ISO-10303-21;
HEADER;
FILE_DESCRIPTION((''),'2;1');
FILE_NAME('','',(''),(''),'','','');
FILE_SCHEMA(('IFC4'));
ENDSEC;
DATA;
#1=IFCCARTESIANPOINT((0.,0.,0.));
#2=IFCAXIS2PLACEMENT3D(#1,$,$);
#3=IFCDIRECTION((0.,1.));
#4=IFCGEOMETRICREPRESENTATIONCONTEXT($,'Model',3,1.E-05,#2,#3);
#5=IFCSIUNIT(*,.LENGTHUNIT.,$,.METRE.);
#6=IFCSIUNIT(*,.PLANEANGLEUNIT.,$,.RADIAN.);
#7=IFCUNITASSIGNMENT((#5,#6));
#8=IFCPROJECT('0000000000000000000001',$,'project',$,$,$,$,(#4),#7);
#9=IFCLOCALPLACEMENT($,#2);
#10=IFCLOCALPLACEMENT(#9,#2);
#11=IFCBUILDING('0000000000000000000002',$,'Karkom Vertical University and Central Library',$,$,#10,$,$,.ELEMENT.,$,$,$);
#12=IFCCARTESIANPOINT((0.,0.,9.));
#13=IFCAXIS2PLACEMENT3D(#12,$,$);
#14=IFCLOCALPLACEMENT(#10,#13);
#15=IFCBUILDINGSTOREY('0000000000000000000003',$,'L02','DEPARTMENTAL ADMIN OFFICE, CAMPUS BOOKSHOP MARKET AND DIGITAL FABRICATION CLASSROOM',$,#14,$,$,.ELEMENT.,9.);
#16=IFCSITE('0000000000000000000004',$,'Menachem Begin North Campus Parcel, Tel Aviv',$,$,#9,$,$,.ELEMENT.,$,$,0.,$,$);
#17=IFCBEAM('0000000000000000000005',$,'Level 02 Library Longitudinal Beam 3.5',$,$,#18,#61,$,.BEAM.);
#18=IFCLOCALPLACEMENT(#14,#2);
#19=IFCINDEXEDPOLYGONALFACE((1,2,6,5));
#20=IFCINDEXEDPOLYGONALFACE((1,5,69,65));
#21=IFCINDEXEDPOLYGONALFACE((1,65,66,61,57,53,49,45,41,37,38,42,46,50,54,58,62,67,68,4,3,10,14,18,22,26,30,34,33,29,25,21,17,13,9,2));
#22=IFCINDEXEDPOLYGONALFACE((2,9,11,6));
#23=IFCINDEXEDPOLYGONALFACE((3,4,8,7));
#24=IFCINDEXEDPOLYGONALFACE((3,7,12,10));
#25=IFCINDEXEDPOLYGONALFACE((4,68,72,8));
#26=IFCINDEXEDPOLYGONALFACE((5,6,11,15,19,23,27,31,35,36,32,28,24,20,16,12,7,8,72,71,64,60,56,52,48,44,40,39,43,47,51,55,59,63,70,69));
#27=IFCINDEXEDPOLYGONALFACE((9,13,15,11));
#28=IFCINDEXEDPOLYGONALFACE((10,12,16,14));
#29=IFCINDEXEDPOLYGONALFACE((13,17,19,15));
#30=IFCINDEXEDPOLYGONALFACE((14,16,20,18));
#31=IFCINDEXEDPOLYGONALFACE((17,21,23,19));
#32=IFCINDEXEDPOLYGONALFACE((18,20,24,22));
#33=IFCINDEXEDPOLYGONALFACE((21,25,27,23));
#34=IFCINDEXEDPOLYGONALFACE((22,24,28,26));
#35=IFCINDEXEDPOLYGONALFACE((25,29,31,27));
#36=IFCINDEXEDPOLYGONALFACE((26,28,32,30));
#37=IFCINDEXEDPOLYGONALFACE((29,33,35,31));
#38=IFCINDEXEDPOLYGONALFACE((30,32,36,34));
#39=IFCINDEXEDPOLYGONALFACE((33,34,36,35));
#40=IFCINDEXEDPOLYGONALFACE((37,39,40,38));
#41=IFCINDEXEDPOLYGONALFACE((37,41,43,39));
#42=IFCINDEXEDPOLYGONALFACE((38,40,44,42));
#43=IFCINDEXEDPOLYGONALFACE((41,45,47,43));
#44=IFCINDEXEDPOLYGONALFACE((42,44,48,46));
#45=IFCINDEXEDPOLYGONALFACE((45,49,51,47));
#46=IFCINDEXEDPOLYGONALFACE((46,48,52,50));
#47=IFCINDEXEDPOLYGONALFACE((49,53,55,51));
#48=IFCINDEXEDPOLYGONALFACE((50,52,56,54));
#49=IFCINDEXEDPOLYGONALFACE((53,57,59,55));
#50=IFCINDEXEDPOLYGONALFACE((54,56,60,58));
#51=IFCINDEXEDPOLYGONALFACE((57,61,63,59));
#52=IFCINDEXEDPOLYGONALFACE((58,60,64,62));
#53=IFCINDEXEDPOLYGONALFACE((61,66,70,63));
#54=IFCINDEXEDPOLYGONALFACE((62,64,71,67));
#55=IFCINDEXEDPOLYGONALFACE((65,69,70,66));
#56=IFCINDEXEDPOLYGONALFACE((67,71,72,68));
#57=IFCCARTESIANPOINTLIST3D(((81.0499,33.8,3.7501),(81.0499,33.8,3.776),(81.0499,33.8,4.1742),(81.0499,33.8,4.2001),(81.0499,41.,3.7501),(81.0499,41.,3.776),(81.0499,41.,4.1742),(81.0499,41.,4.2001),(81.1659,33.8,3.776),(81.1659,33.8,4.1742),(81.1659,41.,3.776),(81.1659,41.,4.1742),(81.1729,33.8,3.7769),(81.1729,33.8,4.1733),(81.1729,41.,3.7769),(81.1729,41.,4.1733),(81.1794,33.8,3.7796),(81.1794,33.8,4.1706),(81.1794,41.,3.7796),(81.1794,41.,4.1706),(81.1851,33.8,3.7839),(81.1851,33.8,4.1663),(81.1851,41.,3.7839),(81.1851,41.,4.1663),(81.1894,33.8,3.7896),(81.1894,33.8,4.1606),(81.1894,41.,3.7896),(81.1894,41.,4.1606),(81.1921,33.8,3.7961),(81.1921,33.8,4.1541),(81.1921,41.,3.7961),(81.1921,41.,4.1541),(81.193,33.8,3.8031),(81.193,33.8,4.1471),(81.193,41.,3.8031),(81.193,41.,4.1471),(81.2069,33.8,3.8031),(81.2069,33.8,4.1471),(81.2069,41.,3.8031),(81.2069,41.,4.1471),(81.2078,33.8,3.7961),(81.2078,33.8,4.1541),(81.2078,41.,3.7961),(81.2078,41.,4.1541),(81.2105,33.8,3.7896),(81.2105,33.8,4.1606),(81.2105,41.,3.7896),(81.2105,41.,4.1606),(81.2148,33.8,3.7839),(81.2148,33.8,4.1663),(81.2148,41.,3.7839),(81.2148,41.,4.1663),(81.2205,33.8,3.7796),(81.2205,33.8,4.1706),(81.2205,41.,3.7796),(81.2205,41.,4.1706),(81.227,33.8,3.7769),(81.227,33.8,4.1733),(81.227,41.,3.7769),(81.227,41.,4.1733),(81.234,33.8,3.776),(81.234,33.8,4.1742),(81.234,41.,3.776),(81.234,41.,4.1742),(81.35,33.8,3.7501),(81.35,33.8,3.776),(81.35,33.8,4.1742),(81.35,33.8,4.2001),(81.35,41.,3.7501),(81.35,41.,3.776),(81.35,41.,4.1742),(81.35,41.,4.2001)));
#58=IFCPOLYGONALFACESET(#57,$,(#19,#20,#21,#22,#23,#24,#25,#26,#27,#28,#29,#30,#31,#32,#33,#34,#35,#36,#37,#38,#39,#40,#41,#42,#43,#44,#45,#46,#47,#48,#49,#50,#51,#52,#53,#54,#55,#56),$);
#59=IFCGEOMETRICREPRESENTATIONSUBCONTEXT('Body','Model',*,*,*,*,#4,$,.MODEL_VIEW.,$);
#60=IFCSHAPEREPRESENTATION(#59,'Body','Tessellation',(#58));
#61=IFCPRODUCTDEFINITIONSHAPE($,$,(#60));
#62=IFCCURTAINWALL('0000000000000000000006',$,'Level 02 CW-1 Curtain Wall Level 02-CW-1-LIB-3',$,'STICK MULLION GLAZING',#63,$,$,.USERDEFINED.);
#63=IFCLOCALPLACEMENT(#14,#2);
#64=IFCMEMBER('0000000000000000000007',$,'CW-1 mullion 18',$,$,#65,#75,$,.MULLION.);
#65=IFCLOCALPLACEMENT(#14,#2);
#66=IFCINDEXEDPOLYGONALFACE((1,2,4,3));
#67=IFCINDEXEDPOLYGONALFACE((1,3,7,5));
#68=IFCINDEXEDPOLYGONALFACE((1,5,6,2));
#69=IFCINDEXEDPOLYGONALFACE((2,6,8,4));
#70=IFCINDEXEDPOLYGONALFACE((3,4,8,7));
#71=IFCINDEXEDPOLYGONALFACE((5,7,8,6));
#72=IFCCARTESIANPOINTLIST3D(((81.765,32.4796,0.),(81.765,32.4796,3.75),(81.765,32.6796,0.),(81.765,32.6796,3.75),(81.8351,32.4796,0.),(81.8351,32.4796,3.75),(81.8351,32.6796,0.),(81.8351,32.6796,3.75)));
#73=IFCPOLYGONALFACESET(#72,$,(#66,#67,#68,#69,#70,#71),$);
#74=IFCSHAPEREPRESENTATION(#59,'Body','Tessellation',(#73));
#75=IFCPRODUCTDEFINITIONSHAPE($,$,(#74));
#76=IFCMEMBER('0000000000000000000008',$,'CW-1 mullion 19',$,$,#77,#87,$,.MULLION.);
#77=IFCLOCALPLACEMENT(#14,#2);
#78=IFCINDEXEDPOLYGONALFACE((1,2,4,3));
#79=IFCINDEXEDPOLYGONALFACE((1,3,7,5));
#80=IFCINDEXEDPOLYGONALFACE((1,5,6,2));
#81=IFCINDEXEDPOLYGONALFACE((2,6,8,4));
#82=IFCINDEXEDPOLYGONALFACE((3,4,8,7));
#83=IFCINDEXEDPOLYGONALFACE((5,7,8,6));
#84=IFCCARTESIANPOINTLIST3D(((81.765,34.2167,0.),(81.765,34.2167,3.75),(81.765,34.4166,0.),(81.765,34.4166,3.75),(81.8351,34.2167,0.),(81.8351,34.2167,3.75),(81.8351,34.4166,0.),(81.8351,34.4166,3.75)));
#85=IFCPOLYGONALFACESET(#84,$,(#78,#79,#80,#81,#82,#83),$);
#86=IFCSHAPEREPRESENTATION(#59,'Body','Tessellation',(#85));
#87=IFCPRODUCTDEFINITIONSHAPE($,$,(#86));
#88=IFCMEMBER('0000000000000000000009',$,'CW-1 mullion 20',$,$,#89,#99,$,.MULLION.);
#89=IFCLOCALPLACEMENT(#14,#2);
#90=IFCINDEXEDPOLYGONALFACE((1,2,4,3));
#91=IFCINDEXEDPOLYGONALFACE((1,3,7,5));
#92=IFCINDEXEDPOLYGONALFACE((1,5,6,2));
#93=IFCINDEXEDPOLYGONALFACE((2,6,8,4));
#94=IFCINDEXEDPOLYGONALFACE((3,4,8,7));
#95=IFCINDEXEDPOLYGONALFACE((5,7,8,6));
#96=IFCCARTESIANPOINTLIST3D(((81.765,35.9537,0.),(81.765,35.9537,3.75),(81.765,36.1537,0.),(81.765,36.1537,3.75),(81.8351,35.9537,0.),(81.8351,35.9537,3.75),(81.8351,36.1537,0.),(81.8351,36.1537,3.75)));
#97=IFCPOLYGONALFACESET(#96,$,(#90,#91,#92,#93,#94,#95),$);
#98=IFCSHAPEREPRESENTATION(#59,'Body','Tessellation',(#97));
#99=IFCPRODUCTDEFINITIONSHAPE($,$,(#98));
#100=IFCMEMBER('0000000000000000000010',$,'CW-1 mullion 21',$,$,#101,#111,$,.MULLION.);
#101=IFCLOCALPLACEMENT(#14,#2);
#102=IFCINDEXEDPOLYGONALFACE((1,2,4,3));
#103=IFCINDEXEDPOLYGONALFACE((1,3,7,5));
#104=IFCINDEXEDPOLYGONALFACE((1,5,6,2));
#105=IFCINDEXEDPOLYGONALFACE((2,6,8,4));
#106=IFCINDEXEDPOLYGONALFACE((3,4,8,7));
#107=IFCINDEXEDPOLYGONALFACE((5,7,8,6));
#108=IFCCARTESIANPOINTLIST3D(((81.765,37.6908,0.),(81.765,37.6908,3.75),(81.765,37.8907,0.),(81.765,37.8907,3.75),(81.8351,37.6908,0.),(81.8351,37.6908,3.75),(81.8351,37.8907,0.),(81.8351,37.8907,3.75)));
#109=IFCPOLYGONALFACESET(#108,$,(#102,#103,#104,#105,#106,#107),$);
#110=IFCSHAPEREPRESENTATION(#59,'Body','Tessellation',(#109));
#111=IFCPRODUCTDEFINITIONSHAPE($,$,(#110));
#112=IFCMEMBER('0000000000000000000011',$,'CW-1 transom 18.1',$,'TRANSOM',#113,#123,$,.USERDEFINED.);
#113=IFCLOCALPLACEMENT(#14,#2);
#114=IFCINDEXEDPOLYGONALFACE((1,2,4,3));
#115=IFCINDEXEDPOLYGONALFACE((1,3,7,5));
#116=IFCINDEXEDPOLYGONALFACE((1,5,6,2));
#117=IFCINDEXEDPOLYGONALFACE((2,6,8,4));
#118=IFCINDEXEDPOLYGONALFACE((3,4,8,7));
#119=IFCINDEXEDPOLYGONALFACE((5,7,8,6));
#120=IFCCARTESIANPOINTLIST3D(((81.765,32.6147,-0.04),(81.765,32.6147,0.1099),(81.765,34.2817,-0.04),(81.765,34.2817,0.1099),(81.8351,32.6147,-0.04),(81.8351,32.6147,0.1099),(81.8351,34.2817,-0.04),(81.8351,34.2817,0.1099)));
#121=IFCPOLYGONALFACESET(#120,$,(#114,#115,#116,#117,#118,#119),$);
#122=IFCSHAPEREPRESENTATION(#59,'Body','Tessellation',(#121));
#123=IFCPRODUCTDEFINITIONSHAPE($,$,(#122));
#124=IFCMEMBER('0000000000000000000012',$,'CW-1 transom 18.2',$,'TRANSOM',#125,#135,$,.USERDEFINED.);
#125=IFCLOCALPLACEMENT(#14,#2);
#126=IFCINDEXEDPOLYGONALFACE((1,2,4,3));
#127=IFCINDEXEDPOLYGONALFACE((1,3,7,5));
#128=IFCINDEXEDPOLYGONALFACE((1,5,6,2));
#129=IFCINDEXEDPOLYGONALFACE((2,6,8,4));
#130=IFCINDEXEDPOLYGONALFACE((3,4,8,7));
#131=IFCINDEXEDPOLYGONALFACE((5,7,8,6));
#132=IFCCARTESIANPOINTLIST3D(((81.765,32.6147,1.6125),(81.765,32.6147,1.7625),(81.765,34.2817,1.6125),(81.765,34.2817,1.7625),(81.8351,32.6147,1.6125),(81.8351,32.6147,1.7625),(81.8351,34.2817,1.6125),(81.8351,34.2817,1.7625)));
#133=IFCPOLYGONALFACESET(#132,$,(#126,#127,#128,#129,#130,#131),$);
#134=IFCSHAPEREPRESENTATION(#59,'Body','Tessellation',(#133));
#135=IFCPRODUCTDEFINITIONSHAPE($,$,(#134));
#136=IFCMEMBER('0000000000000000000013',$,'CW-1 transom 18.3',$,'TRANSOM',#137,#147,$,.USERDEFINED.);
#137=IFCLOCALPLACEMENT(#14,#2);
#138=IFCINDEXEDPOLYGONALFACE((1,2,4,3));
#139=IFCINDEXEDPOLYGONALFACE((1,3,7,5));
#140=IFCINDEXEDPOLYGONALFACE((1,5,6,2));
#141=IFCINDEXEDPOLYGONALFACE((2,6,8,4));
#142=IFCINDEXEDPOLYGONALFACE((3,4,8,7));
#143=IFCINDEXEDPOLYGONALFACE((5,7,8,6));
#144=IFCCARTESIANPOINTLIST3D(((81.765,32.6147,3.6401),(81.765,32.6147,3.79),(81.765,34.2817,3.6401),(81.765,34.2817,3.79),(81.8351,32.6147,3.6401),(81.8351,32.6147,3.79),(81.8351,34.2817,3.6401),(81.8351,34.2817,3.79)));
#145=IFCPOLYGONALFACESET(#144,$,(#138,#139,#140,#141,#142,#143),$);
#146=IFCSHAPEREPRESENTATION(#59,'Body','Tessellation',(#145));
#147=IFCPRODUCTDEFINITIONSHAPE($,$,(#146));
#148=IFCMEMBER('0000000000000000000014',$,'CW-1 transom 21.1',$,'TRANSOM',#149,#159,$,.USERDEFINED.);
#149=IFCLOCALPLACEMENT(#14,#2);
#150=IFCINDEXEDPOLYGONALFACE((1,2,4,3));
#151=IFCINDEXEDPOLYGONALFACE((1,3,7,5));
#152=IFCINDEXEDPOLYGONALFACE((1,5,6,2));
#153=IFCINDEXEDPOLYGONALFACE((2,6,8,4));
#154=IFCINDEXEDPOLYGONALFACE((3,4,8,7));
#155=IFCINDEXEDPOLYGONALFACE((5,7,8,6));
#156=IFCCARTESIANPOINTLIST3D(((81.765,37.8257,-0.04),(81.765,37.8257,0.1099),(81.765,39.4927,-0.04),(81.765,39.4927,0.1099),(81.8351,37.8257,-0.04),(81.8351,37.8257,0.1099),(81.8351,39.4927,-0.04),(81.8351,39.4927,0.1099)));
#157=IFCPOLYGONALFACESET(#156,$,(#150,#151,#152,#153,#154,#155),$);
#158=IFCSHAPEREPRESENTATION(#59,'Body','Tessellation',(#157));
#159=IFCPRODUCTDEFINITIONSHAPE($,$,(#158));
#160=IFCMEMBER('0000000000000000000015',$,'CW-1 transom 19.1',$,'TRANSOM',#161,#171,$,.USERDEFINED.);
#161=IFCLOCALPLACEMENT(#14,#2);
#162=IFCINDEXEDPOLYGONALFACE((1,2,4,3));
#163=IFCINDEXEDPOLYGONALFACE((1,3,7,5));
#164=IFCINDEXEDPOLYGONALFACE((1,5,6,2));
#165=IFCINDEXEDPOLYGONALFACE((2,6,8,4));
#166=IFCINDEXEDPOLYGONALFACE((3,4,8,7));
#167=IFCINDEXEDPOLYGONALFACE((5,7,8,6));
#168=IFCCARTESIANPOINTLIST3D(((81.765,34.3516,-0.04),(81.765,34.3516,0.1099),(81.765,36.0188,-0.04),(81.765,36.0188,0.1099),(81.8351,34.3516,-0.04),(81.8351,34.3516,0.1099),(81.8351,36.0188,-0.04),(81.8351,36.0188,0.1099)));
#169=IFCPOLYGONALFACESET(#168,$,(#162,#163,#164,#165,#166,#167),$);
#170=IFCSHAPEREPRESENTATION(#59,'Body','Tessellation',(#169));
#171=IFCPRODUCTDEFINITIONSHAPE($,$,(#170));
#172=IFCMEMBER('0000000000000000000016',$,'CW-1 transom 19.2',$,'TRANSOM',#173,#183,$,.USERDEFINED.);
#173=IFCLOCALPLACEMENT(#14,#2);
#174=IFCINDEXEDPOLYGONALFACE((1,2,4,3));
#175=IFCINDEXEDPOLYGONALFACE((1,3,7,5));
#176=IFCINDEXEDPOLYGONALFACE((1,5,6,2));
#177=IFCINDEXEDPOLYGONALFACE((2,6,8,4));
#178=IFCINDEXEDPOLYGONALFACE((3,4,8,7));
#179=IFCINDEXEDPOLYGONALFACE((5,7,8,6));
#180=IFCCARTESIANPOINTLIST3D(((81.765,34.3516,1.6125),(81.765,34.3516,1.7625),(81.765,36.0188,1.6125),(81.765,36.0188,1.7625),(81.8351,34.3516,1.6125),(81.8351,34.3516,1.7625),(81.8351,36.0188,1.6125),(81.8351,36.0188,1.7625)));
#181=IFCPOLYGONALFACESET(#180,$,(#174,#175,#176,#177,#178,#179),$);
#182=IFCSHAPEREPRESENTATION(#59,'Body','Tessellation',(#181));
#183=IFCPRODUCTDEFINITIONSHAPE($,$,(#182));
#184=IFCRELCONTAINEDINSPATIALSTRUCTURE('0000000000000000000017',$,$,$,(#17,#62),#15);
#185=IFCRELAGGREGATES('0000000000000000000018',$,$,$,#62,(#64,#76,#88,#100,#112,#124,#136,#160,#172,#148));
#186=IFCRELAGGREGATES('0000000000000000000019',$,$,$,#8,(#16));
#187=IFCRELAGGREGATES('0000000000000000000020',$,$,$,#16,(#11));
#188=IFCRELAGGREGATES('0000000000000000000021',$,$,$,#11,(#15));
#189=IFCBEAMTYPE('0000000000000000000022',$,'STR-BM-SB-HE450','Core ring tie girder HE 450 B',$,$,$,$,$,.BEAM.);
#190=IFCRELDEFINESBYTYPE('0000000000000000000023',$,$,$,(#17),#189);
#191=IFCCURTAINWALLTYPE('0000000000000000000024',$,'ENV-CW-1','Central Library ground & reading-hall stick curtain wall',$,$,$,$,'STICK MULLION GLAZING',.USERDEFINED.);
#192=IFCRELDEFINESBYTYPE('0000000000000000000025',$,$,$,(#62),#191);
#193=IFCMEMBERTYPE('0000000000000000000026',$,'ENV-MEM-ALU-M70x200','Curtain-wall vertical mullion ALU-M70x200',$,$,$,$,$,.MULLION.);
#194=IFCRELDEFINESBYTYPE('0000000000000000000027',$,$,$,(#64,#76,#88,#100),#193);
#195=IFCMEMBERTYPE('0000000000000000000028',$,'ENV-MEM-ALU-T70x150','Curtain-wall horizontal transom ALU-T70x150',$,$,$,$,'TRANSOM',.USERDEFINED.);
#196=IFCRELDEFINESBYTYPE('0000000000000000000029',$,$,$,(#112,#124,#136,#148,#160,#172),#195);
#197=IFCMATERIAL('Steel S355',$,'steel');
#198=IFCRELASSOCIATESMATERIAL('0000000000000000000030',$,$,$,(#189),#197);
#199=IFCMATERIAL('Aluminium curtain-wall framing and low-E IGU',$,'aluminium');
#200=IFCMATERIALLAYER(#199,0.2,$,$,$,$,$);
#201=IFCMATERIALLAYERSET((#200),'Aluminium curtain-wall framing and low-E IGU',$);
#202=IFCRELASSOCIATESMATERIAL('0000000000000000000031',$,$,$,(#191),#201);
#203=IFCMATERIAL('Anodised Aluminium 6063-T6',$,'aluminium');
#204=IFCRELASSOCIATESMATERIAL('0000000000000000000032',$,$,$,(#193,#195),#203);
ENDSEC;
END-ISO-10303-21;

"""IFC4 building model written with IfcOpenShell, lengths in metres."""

from ifc_helpers import new_model, si_unit, direction, frame, origin, origin_with_axes, origin_2d, place, context, subcontext, project, spatial, rectangle, i_section, extrude, source, transform, mapped, material, layer, layer_set, material_profile, profile_set, type_object, element, aggregate, save


model = new_model("IFC4")

# Units and contexts
model_context = context("Model", 3, precision=1e-05, world=origin(), true_north=direction((0.0, 1.0)))
body_context = subcontext(model_context, "Body", "Model", "MODEL_VIEW")
ifc_project = project(units=[si_unit("LENGTHUNIT", "METRE"), si_unit("PLANEANGLEUNIT", "RADIAN")], contexts=[model_context])

# Site, building, storey
site_placement = place(None, origin())
site = spatial("IfcSite", under=ifc_project, at=site_placement, Name="Menachem Begin North Campus Parcel, Tel Aviv", CompositionType="ELEMENT", RefElevation=0.0)
building_placement = place(site_placement, origin())
building = spatial("IfcBuilding", under=site, at=building_placement, Name="Karkom Vertical University and Central Library", CompositionType="ELEMENT")
storey_placement = place(building_placement, frame((0.0, 0.0, 9.0)))
storey = spatial("IfcBuildingStorey", under=building, at=storey_placement, Name="L02", Description="DEPARTMENTAL ADMIN OFFICE, CAMPUS BOOKSHOP MARKET AND DIGITAL FABRICATION CLASSROOM", CompositionType="ELEMENT", Elevation=9.0)

# Beam
ifc_material_1 = material(Name="Steel S355", Category="steel")
ifc_material_profile_1 = material_profile(ifc_material_1, i_section(OverallWidth=0.3, OverallDepth=0.45, WebThickness=0.0139, FlangeThickness=0.0259, FilletRadius=0.0271, at=origin_2d()), Name="HE 450 B")
ifc_profile_set_1 = profile_set([ifc_material_profile_1], Name="Steel S355")
beam_type_1 = type_object("IfcBeamType", Name="STR-BM-SB-HE450", Description="Core ring tie girder HE 450 B", PredefinedType="BEAM", material=ifc_profile_set_1)
shared_shape_1 = source(origin_with_axes(), body_context, "Body", "SweptSolid", [
    extrude(i_section(OverallWidth=0.3, OverallDepth=0.45, WebThickness=0.0139, FlangeThickness=0.0259, FilletRadius=0.0271, at=origin_2d()), origin(), (0.0, 0.0, 1.0), 7.2),
])
for number, where, z_axis, x_axis, name in (
    (1, (81.2, 33.8, 3.9751), (0.0, 1.0, 0.0), (-1.0, 0.0, 0.0), "Level 02 Library Longitudinal Beam 3.5"),
):
    element("IfcBeam", number, at=place(storey_placement, frame(where, z_axis=z_axis, x_axis=x_axis)), inside=storey, type_object=beam_type_1, Name=name, PredefinedType="BEAM", context=body_context, shape_type="MappedRepresentation", body=[
        mapped(shared_shape_1, transform((0.0, 0.0, 0.0), scale=1.0)),
    ])

# Curtain wall, members
ifc_material_2 = material(Name="Aluminium curtain-wall framing and low-E IGU", Category="aluminium")
ifc_layer_1 = layer(ifc_material_2, 0.2)
ifc_layer_set_1 = layer_set([ifc_layer_1], Name="Aluminium curtain-wall framing and low-E IGU")
curtain_wall_type = type_object("IfcCurtainWallType", Name="ENV-CW-1", Description="Central Library ground & reading-hall stick curtain wall", ElementType="STICK MULLION GLAZING", PredefinedType="USERDEFINED", material=ifc_layer_set_1)
curtain_wall_placement = place(storey_placement, origin())
curtain_wall = element("IfcCurtainWall", 2, at=curtain_wall_placement, inside=storey, type_object=curtain_wall_type, Name="Level 02 CW-1 Curtain Wall Level 02-CW-1-LIB-3", ObjectType="STICK MULLION GLAZING", PredefinedType="USERDEFINED")
ifc_material_3 = material(Name="Anodised Aluminium 6063-T6", Category="aluminium")
ifc_material_profile_2 = material_profile(ifc_material_3, rectangle(XDim=0.0701, YDim=0.2, at=origin_2d()), Name="ALU-M70x200")
ifc_profile_set_2 = profile_set([ifc_material_profile_2], Name="Anodised Aluminium 6063-T6")
member_type_1 = type_object("IfcMemberType", Name="ENV-MEM-ALU-M70x200", Description="Curtain-wall vertical mullion ALU-M70x200", PredefinedType="MULLION", material=ifc_profile_set_2)
shared_shape_2 = source(origin_with_axes(), body_context, "Body", "SweptSolid", [
    extrude(rectangle(XDim=0.0701, YDim=0.2, at=origin_2d()), origin(), (0.0, 0.0, 1.0), 3.75),
])
member_1_placement = place(storey_placement, frame((81.8, 32.5796, 0.0), z_axis=(0.0, 0.0, 1.0), x_axis=(-1.0, 0.0, 0.0)))
member_1 = element("IfcMember", 3, at=member_1_placement, type_object=member_type_1, Name="CW-1 mullion 18", PredefinedType="MULLION", context=body_context, shape_type="MappedRepresentation", body=[
    mapped(shared_shape_2, transform((0.0, 0.0, 0.0), scale=1.0)),
])
member_2_placement = place(storey_placement, frame((81.8, 34.3167, 0.0), z_axis=(0.0, 0.0, 1.0), x_axis=(-1.0, 0.0, 0.0)))
member_2 = element("IfcMember", 4, at=member_2_placement, type_object=member_type_1, Name="CW-1 mullion 19", PredefinedType="MULLION", context=body_context, shape_type="MappedRepresentation", body=[
    mapped(shared_shape_2, transform((0.0, 0.0, 0.0), scale=1.0)),
])
member_3_placement = place(storey_placement, frame((81.8, 36.0537, 0.0), z_axis=(0.0, 0.0, 1.0), x_axis=(-1.0, 0.0, 0.0)))
member_3 = element("IfcMember", 5, at=member_3_placement, type_object=member_type_1, Name="CW-1 mullion 20", PredefinedType="MULLION", context=body_context, shape_type="MappedRepresentation", body=[
    mapped(shared_shape_2, transform((0.0, 0.0, 0.0), scale=1.0)),
])
member_4_placement = place(storey_placement, frame((81.8, 37.7908, 0.0), z_axis=(0.0, 0.0, 1.0), x_axis=(-1.0, 0.0, 0.0)))
member_4 = element("IfcMember", 6, at=member_4_placement, type_object=member_type_1, Name="CW-1 mullion 21", PredefinedType="MULLION", context=body_context, shape_type="MappedRepresentation", body=[
    mapped(shared_shape_2, transform((0.0, 0.0, 0.0), scale=1.0)),
])
ifc_material_profile_3 = material_profile(ifc_material_3, rectangle(XDim=0.0701, YDim=0.1499, at=origin_2d()), Name="ALU-T70x150")
ifc_profile_set_3 = profile_set([ifc_material_profile_3], Name="Anodised Aluminium 6063-T6")
member_type_2 = type_object("IfcMemberType", Name="ENV-MEM-ALU-T70x150", Description="Curtain-wall horizontal transom ALU-T70x150", ElementType="TRANSOM", PredefinedType="USERDEFINED", material=ifc_profile_set_3)
shared_shape_3 = source(origin_with_axes(), body_context, "Body", "SweptSolid", [
    extrude(rectangle(XDim=0.0701, YDim=0.1499, at=origin_2d()), origin(), (0.0, 0.0, 1.0), 1.667),
])
member_5_placement = place(storey_placement, frame((81.8, 32.6147, 0.0349), z_axis=(0.0, 1.0, 0.0), x_axis=(-1.0, 0.0, 0.0)))
member_5 = element("IfcMember", 7, at=member_5_placement, type_object=member_type_2, Name="CW-1 transom 18.1", ObjectType="TRANSOM", PredefinedType="USERDEFINED", context=body_context, shape_type="MappedRepresentation", body=[
    mapped(shared_shape_3, transform((0.0, 0.0, 0.0), scale=1.0)),
])
member_6_placement = place(storey_placement, frame((81.8, 32.6147, 1.6875), z_axis=(0.0, 1.0, 0.0), x_axis=(-1.0, 0.0, 0.0)))
member_6 = element("IfcMember", 8, at=member_6_placement, type_object=member_type_2, Name="CW-1 transom 18.2", ObjectType="TRANSOM", PredefinedType="USERDEFINED", context=body_context, shape_type="MappedRepresentation", body=[
    mapped(shared_shape_3, transform((0.0, 0.0, 0.0), scale=1.0)),
])
member_7_placement = place(storey_placement, frame((81.8, 32.6147, 3.7151), z_axis=(0.0, 1.0, 0.0), x_axis=(-1.0, 0.0, 0.0)))
member_7 = element("IfcMember", 9, at=member_7_placement, type_object=member_type_2, Name="CW-1 transom 18.3", ObjectType="TRANSOM", PredefinedType="USERDEFINED", context=body_context, shape_type="MappedRepresentation", body=[
    mapped(shared_shape_3, transform((0.0, 0.0, 0.0), scale=1.0)),
])
member_8_placement = place(storey_placement, frame((81.8, 37.8257, 0.0349), z_axis=(0.0, 1.0, 0.0), x_axis=(-1.0, 0.0, 0.0)))
member_8 = element("IfcMember", 10, at=member_8_placement, type_object=member_type_2, Name="CW-1 transom 21.1", ObjectType="TRANSOM", PredefinedType="USERDEFINED", context=body_context, shape_type="MappedRepresentation", body=[
    mapped(shared_shape_3, transform((0.0, 0.0, 0.0), scale=1.0)),
])
shared_shape_4 = source(origin_with_axes(), body_context, "Body", "SweptSolid", [
    extrude(rectangle(XDim=0.0701, YDim=0.1499, at=origin_2d()), origin(), (0.0, 0.0, 1.0), 1.6672),
])
member_9_placement = place(storey_placement, frame((81.8, 34.3516, 0.0349), z_axis=(0.0, 1.0, 0.0), x_axis=(-1.0, 0.0, 0.0)))
member_9 = element("IfcMember", 11, at=member_9_placement, type_object=member_type_2, Name="CW-1 transom 19.1", ObjectType="TRANSOM", PredefinedType="USERDEFINED", context=body_context, shape_type="MappedRepresentation", body=[
    mapped(shared_shape_4, transform((0.0, 0.0, 0.0), scale=1.0)),
])
member_10_placement = place(storey_placement, frame((81.8, 34.3516, 1.6875), z_axis=(0.0, 1.0, 0.0), x_axis=(-1.0, 0.0, 0.0)))
member_10 = element("IfcMember", 12, at=member_10_placement, type_object=member_type_2, Name="CW-1 transom 19.2", ObjectType="TRANSOM", PredefinedType="USERDEFINED", context=body_context, shape_type="MappedRepresentation", body=[
    mapped(shared_shape_4, transform((0.0, 0.0, 0.0), scale=1.0)),
])
aggregate(curtain_wall, [member_1, member_2, member_3, member_4, member_5, member_6, member_7, member_9, member_10, member_8])

save(model, "model.ifc")
